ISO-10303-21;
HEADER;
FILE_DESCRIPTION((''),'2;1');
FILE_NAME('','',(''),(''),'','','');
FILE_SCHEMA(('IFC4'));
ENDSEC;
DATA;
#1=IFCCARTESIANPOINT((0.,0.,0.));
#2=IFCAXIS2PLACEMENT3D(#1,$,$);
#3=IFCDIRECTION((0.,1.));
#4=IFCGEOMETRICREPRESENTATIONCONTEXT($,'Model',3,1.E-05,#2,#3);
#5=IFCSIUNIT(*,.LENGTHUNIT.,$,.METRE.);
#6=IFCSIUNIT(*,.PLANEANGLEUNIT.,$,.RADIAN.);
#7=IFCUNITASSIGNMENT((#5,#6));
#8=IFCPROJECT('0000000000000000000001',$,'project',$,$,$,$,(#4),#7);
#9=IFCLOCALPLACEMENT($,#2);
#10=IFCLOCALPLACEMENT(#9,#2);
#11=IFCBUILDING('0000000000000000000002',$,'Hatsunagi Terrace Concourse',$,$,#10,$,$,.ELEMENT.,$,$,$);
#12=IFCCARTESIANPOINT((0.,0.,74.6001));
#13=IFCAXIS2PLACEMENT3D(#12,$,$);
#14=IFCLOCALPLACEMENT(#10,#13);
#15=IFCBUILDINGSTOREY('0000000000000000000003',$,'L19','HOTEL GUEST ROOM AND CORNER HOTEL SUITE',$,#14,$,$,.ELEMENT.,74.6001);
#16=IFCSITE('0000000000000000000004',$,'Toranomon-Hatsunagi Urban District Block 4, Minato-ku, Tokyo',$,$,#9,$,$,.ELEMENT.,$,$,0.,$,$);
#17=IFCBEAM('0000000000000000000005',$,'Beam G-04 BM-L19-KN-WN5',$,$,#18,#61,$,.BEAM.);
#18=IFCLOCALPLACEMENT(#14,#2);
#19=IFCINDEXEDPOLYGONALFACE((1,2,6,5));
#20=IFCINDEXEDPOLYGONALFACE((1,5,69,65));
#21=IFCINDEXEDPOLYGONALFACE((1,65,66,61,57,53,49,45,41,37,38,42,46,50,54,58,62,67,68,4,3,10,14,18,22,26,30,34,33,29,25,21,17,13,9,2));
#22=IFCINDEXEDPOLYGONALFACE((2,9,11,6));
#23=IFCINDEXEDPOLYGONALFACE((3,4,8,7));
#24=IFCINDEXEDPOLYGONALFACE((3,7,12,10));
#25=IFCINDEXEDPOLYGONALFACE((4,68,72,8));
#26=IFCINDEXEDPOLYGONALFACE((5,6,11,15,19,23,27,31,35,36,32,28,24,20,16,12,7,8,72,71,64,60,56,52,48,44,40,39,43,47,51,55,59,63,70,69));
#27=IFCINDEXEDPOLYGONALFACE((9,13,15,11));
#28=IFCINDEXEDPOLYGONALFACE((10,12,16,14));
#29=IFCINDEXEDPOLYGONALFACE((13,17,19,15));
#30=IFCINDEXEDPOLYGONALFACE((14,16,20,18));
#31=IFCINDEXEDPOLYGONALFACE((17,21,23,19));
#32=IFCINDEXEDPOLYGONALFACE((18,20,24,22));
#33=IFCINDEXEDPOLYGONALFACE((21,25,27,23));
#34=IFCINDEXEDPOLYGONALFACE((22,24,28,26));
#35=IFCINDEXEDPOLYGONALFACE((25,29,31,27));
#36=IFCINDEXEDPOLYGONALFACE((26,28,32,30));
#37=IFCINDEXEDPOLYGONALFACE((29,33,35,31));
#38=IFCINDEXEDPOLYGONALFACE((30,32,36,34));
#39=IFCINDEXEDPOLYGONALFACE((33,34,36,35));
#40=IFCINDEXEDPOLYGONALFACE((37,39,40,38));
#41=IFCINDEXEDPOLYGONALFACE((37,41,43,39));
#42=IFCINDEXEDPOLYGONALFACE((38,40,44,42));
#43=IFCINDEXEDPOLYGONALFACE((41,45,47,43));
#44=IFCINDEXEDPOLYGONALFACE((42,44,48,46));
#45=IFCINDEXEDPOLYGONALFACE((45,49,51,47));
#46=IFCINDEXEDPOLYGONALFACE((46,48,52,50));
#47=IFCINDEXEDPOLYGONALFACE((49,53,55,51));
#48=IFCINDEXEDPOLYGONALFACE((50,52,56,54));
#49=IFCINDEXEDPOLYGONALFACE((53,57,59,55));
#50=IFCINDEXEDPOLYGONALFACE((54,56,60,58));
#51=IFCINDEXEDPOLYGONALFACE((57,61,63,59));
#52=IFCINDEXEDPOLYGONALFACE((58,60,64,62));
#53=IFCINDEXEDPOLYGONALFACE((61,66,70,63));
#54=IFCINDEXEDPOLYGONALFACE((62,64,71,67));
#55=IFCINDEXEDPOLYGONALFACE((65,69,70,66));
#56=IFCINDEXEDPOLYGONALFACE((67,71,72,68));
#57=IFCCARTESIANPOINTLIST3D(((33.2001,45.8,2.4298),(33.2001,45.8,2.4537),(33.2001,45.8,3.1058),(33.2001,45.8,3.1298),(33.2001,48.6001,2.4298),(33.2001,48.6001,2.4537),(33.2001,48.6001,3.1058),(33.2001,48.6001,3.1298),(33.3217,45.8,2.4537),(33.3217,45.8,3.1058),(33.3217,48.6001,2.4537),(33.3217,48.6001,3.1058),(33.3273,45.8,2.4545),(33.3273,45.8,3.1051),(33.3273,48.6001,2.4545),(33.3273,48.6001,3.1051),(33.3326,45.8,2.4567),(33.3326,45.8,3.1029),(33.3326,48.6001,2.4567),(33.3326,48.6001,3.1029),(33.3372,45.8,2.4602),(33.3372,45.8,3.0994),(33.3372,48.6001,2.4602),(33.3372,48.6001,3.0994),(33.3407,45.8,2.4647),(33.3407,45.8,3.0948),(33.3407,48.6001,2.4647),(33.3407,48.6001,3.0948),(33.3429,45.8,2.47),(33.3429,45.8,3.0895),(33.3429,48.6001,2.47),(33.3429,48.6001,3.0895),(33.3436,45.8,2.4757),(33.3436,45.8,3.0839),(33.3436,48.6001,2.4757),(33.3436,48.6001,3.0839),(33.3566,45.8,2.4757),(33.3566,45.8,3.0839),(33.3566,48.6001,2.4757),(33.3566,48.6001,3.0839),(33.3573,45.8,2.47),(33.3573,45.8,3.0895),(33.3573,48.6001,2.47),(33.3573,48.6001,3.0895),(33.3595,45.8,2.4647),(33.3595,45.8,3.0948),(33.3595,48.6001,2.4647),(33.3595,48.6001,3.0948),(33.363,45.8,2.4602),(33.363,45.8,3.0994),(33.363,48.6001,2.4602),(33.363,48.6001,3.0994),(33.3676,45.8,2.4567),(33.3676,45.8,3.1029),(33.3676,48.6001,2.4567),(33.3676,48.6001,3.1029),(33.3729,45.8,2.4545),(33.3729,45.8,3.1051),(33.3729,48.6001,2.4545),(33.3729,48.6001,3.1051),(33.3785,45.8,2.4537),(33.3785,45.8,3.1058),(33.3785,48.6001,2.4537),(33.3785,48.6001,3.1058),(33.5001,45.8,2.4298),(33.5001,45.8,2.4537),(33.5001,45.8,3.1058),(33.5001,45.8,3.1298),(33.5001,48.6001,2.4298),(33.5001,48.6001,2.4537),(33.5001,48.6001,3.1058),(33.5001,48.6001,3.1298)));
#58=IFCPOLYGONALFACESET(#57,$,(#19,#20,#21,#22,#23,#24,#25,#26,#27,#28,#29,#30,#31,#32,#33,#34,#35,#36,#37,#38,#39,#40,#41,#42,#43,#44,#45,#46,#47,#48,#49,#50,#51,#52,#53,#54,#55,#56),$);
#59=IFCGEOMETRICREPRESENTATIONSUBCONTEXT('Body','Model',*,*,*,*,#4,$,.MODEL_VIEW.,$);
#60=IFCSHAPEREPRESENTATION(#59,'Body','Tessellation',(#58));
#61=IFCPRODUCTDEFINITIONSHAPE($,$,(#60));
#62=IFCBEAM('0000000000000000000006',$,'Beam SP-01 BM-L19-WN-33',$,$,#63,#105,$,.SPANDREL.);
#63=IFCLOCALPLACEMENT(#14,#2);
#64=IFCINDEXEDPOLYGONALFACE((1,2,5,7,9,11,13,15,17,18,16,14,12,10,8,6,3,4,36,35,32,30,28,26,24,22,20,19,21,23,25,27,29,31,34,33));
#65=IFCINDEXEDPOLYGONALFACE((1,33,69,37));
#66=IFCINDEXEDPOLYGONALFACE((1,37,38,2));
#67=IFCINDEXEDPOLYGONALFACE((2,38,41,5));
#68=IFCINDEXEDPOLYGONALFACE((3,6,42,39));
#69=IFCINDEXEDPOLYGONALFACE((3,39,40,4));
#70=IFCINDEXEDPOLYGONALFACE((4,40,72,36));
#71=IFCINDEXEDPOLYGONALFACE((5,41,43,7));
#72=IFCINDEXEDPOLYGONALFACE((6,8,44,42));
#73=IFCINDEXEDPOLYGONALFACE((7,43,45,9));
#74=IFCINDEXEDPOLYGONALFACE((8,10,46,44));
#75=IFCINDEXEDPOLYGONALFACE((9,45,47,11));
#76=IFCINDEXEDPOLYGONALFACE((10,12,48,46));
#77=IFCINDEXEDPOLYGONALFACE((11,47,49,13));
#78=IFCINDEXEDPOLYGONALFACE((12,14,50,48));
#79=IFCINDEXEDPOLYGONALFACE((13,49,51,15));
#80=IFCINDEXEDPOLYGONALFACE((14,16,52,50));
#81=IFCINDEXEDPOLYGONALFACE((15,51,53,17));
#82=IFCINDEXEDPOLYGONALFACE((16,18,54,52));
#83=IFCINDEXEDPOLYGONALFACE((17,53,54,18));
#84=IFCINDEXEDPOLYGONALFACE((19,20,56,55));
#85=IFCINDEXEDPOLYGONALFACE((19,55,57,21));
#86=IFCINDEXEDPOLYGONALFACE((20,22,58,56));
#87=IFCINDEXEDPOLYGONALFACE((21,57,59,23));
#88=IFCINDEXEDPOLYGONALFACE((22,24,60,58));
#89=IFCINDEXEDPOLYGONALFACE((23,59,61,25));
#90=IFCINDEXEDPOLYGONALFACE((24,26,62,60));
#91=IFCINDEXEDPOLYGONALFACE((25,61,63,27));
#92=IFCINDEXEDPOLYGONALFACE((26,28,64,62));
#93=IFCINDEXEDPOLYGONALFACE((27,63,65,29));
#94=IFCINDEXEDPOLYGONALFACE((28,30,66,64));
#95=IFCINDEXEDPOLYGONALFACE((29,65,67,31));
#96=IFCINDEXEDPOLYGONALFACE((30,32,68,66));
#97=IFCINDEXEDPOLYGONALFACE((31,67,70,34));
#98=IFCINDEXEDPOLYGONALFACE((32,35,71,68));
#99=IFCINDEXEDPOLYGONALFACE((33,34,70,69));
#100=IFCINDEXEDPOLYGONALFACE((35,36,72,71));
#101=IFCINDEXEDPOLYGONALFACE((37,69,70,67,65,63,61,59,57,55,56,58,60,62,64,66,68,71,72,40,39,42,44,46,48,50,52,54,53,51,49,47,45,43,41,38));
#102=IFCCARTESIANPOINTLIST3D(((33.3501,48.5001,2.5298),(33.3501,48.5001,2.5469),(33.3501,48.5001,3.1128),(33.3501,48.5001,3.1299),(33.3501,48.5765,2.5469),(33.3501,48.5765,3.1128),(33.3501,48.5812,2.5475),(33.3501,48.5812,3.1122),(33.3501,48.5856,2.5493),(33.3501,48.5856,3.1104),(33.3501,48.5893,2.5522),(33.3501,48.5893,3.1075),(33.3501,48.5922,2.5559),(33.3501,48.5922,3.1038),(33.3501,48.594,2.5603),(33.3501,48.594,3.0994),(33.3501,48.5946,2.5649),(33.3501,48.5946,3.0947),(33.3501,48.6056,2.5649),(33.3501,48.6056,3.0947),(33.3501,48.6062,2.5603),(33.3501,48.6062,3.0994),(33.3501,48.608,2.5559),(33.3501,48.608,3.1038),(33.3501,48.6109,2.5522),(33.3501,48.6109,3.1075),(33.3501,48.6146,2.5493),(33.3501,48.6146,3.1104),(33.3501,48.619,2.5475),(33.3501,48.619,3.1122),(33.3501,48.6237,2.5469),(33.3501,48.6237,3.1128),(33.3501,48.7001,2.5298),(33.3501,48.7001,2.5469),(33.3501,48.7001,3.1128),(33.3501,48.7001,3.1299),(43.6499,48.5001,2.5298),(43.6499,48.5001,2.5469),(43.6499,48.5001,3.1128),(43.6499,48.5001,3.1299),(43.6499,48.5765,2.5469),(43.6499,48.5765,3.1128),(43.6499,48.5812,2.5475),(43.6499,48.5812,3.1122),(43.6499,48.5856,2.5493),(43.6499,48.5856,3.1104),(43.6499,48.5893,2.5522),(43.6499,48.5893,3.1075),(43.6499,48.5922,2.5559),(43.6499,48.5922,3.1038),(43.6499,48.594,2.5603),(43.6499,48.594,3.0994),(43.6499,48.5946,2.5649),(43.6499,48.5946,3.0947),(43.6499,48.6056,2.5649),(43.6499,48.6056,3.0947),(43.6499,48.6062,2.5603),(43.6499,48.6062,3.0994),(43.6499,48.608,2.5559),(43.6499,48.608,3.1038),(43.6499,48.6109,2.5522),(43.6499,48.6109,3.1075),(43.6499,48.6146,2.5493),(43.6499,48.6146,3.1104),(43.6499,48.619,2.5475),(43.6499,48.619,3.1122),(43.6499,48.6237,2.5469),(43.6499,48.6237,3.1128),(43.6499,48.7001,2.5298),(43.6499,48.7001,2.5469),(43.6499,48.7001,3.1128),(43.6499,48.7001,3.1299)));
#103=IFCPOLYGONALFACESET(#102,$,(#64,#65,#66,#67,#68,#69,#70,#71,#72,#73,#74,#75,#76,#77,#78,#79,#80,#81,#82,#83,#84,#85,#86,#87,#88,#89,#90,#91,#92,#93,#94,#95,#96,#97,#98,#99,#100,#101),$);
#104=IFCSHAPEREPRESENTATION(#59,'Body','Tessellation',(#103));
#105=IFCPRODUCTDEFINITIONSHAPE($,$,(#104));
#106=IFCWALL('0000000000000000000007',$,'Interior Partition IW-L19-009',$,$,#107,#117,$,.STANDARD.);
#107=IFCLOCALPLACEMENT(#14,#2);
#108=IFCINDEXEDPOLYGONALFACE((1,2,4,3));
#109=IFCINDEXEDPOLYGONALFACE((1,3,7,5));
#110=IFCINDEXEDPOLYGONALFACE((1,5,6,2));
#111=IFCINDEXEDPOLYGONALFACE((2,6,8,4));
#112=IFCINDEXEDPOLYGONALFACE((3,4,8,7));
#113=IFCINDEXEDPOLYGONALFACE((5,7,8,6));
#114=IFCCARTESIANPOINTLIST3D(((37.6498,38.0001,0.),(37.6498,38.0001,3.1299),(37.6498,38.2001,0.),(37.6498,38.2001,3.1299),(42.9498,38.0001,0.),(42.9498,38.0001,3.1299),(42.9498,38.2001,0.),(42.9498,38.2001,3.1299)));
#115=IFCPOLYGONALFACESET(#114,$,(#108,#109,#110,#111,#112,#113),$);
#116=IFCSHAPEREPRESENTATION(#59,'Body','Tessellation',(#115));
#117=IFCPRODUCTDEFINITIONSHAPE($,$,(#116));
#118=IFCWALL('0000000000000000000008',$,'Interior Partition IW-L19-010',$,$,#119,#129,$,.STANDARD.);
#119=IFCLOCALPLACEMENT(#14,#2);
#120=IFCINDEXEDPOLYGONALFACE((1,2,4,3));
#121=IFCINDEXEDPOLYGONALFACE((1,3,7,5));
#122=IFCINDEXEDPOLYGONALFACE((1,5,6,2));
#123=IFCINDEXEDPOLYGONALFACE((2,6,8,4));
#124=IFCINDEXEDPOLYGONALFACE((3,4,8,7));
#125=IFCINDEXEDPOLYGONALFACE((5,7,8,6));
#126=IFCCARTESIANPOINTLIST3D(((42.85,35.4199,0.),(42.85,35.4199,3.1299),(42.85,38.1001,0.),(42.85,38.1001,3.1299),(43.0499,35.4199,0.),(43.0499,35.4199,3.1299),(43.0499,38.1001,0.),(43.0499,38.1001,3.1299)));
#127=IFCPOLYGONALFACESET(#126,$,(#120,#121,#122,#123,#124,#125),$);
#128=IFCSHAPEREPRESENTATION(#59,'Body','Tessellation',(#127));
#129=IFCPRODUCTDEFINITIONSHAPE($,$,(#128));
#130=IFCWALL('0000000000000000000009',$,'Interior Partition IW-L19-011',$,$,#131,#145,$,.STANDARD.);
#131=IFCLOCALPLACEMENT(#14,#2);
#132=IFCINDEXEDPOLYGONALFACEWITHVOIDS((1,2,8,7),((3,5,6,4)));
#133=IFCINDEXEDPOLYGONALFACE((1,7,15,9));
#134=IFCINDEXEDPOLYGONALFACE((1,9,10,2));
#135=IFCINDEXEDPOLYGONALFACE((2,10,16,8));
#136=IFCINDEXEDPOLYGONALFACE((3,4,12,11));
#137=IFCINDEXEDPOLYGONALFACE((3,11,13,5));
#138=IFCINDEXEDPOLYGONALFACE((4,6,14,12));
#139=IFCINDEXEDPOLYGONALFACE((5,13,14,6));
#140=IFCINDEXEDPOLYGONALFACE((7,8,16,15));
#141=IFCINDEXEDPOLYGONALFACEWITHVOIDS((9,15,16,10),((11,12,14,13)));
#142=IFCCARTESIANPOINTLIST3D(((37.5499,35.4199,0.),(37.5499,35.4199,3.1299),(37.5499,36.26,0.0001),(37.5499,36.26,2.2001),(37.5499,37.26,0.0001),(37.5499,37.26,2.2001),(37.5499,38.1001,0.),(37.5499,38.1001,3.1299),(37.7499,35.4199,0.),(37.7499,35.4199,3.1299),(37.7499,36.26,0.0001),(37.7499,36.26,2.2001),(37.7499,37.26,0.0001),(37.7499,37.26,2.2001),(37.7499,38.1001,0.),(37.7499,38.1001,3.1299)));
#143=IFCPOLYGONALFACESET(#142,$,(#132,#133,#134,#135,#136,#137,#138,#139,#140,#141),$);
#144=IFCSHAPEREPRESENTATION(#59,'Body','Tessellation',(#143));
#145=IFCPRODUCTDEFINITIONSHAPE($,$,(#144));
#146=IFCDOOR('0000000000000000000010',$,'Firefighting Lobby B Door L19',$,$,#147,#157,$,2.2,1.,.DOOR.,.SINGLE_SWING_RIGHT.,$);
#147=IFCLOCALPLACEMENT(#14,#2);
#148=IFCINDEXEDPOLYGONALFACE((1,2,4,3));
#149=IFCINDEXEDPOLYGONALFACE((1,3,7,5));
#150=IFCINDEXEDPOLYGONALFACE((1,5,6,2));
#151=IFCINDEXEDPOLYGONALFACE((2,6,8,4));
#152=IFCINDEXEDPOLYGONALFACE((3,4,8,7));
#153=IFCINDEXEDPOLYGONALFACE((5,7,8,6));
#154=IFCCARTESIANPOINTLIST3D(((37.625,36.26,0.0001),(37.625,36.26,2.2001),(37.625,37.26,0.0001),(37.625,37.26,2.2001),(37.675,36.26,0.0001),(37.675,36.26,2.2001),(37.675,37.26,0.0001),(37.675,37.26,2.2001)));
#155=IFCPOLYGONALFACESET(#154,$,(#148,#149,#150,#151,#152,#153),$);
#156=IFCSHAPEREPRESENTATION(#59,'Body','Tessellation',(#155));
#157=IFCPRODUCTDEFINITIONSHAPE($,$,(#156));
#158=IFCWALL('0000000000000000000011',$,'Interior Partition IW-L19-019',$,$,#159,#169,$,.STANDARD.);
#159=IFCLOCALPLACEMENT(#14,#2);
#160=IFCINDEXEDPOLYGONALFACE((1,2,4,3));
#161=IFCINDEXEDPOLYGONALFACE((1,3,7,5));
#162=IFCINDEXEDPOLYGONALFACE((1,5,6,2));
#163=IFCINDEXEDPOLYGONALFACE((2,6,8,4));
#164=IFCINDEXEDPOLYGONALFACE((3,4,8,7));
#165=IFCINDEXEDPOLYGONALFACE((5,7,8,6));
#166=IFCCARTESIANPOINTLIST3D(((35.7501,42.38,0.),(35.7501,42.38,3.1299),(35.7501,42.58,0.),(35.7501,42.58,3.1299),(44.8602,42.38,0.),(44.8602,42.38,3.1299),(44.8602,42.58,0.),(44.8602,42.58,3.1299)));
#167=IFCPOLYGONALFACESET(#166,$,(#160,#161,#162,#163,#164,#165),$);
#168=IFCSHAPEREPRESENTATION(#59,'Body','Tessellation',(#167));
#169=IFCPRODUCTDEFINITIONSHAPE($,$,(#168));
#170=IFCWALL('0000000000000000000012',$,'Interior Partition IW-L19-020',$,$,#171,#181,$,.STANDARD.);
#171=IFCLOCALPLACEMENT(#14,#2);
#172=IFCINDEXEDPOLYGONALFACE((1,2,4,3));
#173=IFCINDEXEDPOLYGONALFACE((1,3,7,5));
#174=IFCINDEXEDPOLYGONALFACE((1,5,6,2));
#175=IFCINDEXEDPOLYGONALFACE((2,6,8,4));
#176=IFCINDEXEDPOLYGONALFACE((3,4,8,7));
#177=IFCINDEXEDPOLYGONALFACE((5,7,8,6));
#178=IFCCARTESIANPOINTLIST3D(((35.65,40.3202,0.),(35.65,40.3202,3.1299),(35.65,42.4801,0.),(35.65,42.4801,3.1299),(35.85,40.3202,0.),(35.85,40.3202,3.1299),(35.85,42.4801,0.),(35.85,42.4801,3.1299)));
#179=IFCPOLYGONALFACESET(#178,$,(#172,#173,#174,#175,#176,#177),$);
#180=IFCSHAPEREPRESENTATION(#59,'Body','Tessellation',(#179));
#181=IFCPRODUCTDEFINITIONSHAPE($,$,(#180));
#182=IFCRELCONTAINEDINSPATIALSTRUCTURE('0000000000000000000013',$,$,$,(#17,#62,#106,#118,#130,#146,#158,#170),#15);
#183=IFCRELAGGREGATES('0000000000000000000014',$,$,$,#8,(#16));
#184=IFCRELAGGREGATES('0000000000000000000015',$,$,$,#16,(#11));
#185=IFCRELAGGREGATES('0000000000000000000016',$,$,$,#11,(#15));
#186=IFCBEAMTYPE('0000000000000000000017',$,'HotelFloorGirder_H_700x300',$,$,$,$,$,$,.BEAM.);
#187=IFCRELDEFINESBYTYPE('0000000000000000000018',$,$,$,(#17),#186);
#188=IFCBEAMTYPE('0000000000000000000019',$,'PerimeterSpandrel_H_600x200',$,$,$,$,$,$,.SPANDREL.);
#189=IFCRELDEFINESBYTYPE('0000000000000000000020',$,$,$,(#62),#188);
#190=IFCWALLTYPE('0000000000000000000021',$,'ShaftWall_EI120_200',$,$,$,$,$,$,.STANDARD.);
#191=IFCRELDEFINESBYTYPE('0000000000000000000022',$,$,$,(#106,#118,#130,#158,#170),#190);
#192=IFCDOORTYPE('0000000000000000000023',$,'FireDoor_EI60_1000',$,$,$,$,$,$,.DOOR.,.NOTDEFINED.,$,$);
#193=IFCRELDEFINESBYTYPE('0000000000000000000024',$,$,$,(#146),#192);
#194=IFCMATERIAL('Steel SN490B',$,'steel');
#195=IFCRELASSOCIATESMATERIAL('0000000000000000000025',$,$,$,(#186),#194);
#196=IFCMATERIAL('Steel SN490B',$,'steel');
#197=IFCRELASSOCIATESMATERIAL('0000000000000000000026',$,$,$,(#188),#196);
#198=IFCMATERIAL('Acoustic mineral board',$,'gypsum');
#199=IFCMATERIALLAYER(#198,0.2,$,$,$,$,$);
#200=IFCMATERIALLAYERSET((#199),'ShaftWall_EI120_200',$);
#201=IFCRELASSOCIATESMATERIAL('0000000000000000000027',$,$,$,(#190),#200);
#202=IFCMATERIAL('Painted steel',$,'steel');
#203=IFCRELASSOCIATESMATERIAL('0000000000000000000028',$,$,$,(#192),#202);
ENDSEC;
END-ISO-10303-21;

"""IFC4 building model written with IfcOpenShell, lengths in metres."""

from ifc_helpers import new_model, si_unit, direction, frame, frame_2d, origin, origin_2d, place, context, subcontext, project, spatial, rectangle, i_section, extrude, material, layer, layer_set, material_profile, profile_set, type_object, element, fill, save


model = new_model("IFC4")

# Units and contexts
model_context = context("Model", 3, precision=1e-05, world=origin(), true_north=direction((0.0, 1.0)))
body_context = subcontext(model_context, "Body", "Model", "MODEL_VIEW")
ifc_project = project(units=[si_unit("LENGTHUNIT", "METRE"), si_unit("PLANEANGLEUNIT", "RADIAN")], contexts=[model_context])

# Site, building, storey
site_placement = place(None, origin())
site = spatial("IfcSite", under=ifc_project, at=site_placement, Name="Toranomon-Hatsunagi Urban District Block 4, Minato-ku, Tokyo", CompositionType="ELEMENT", RefElevation=0.0)
building_placement = place(site_placement, origin())
building = spatial("IfcBuilding", under=site, at=building_placement, Name="Hatsunagi Terrace Concourse", CompositionType="ELEMENT")
storey_placement = place(building_placement, frame((0.0, 0.0, 74.6001)))
storey = spatial("IfcBuildingStorey", under=building, at=storey_placement, Name="L19", Description="HOTEL GUEST ROOM AND CORNER HOTEL SUITE", CompositionType="ELEMENT", Elevation=74.6001)

# Beams
ifc_material_1 = material(Name="Steel SN490B", Category="steel")
ifc_material_profile_1 = material_profile(ifc_material_1, i_section(OverallWidth=0.3, OverallDepth=0.7, WebThickness=0.0129, FlangeThickness=0.0239, FilletRadius=0.022, at=origin_2d()), Name="H-700x300x13x24")
ifc_profile_set_1 = profile_set([ifc_material_profile_1], Name="Steel SN490B")
beam_type_1 = type_object("IfcBeamType", Name="HotelFloorGirder_H_700x300", PredefinedType="BEAM", material=ifc_profile_set_1)
beam_1_placement = place(storey_placement, frame((33.3501, 45.8, 2.7798), z_axis=(0.0, 1.0, 0.0), x_axis=(-1.0, 0.0, 0.0)))
element("IfcBeam", 1, at=beam_1_placement, inside=storey, type_object=beam_type_1, Name="Beam G-04 BM-L19-KN-WN5", PredefinedType="BEAM", context=body_context, shape_type="SweptSolid", body=[
    extrude(i_section(OverallWidth=0.3, OverallDepth=0.7, WebThickness=0.0129, FlangeThickness=0.0239, FilletRadius=0.022, at=origin_2d()), origin(), (0.0, 0.0, 1.0), 2.8),
])
ifc_material_2 = material(Name="Steel SN490B", Category="steel")
ifc_material_profile_2 = material_profile(ifc_material_2, i_section(OverallWidth=0.2, OverallDepth=0.6001, WebThickness=0.011, FlangeThickness=0.0171, FilletRadius=0.0181, at=origin_2d()), Name="H-600x200x11x17")
ifc_profile_set_2 = profile_set([ifc_material_profile_2], Name="Steel SN490B")
beam_type_2 = type_object("IfcBeamType", Name="PerimeterSpandrel_H_600x200", PredefinedType="SPANDREL", material=ifc_profile_set_2)
beam_2_placement = place(storey_placement, frame((33.3501, 48.6001, 2.8298), z_axis=(1.0, 0.0, 0.0), x_axis=(0.0, 1.0, 0.0)))
element("IfcBeam", 2, at=beam_2_placement, inside=storey, type_object=beam_type_2, Name="Beam SP-01 BM-L19-WN-33", PredefinedType="SPANDREL", context=body_context, shape_type="SweptSolid", body=[
    extrude(i_section(OverallWidth=0.2, OverallDepth=0.6001, WebThickness=0.011, FlangeThickness=0.0171, FilletRadius=0.0181, at=origin_2d()), origin(), (0.0, 0.0, 1.0), 10.2998),
])

# Walls
ifc_material_3 = material(Name="Acoustic mineral board", Category="gypsum")
ifc_layer_1 = layer(ifc_material_3, 0.2)
ifc_layer_set_1 = layer_set([ifc_layer_1], Name="ShaftWall_EI120_200")
wall_type_1 = type_object("IfcWallType", Name="ShaftWall_EI120_200", PredefinedType="STANDARD", material=ifc_layer_set_1)
wall_1_placement = place(storey_placement, frame((37.6499, 38.1001, 0.0), z_axis=(0.0, 0.0, 1.0), x_axis=(1.0, 0.0, 0.0)))
element("IfcWall", 3, at=wall_1_placement, inside=storey, type_object=wall_type_1, Name="Interior Partition IW-L19-009", PredefinedType="STANDARD", context=body_context, shape_type="SweptSolid", body=[
    extrude(rectangle(XDim=5.3, YDim=0.2, at=frame_2d((2.6499, 0.0))), origin(), (0.0, 0.0, 1.0), 3.1299),
])
wall_2_placement = place(storey_placement, frame((42.95, 35.4199, 0.0), z_axis=(0.0, 0.0, 1.0), x_axis=(0.0, 1.0, 0.0)))
element("IfcWall", 4, at=wall_2_placement, inside=storey, type_object=wall_type_1, Name="Interior Partition IW-L19-010", PredefinedType="STANDARD", context=body_context, shape_type="SweptSolid", body=[
    extrude(rectangle(XDim=2.6802, YDim=0.2, at=frame_2d((1.3401, 0.0))), origin(), (0.0, 0.0, 1.0), 3.1299),
])

# Wall, opening, door
wall_3_placement = place(storey_placement, frame((37.6499, 35.4199, 0.0), z_axis=(0.0, 0.0, 1.0), x_axis=(0.0, 1.0, 0.0)))
wall_3 = element("IfcWall", 5, at=wall_3_placement, inside=storey, type_object=wall_type_1, Name="Interior Partition IW-L19-011", PredefinedType="STANDARD", context=body_context, shape_type="SweptSolid", body=[
    extrude(rectangle(XDim=2.6802, YDim=0.2, at=frame_2d((1.3401, 0.0))), origin(), (0.0, 0.0, 1.0), 3.1299),
])
opening_1_placement = place(wall_3_placement, frame((0.8401, 0.0, 0.0)))
opening_1 = element("IfcOpeningElement", 6, at=opening_1_placement, cuts=wall_3, PredefinedType="OPENING", context=body_context, shape_type="SweptSolid", body=[
    extrude(rectangle(XDim=1.0, YDim=2.2, at=frame_2d((0.5, 1.1001))), frame((0.0, 0.1099, 0.0), z_axis=(0.0, -1.0, 0.0), x_axis=(1.0, 0.0, 0.0)), (0.0, 0.0, 1.0), 0.22),
])
ifc_material_4 = material(Name="Painted steel", Category="steel")
door_type_1 = type_object("IfcDoorType", Name="FireDoor_EI60_1000", OperationType="NOTDEFINED", PredefinedType="DOOR", material=ifc_material_4)
door_1_placement = place(opening_1_placement, origin())
door_1 = element("IfcDoor", 7, at=door_1_placement, inside=storey, type_object=door_type_1, Name="Firefighting Lobby B Door L19", OperationType="SINGLE_SWING_RIGHT", OverallHeight=2.2, OverallWidth=1.0, PredefinedType="DOOR", context=body_context, shape_type="SweptSolid", body=[
    extrude(rectangle(XDim=1.0, YDim=2.2, at=frame_2d((0.5, 1.1001))), frame((0.0, 0.0249, 0.0), z_axis=(0.0, -1.0, 0.0), x_axis=(1.0, 0.0, 0.0)), (0.0, 0.0, 1.0), 0.05),
])
fill(opening_1, door_1)

# Walls
wall_4_placement = place(storey_placement, frame((35.75, 42.48, 0.0), z_axis=(0.0, 0.0, 1.0), x_axis=(1.0, 0.0, 0.0)))
element("IfcWall", 8, at=wall_4_placement, inside=storey, type_object=wall_type_1, Name="Interior Partition IW-L19-019", PredefinedType="STANDARD", context=body_context, shape_type="SweptSolid", body=[
    extrude(rectangle(XDim=9.1101, YDim=0.2, at=frame_2d((4.5552, 0.0))), origin(), (0.0, 0.0, 1.0), 3.1299),
])
for number, where, z_axis, x_axis, name in (
    (9, (35.75, 40.3201, 0.0), (0.0, 0.0, 1.0), (0.0, 1.0, 0.0), "Interior Partition IW-L19-020"),
):
    element("IfcWall", number, at=place(storey_placement, frame(where, z_axis=z_axis, x_axis=x_axis)), inside=storey, type_object=wall_type_1, Name=name, PredefinedType="STANDARD", context=body_context, shape_type="SweptSolid", body=[
        extrude(rectangle(XDim=2.1599, YDim=0.2, at=frame_2d((1.0801, 0.0))), origin(), (0.0, 0.0, 1.0), 3.1299),
    ])

save(model, "model.ifc")
